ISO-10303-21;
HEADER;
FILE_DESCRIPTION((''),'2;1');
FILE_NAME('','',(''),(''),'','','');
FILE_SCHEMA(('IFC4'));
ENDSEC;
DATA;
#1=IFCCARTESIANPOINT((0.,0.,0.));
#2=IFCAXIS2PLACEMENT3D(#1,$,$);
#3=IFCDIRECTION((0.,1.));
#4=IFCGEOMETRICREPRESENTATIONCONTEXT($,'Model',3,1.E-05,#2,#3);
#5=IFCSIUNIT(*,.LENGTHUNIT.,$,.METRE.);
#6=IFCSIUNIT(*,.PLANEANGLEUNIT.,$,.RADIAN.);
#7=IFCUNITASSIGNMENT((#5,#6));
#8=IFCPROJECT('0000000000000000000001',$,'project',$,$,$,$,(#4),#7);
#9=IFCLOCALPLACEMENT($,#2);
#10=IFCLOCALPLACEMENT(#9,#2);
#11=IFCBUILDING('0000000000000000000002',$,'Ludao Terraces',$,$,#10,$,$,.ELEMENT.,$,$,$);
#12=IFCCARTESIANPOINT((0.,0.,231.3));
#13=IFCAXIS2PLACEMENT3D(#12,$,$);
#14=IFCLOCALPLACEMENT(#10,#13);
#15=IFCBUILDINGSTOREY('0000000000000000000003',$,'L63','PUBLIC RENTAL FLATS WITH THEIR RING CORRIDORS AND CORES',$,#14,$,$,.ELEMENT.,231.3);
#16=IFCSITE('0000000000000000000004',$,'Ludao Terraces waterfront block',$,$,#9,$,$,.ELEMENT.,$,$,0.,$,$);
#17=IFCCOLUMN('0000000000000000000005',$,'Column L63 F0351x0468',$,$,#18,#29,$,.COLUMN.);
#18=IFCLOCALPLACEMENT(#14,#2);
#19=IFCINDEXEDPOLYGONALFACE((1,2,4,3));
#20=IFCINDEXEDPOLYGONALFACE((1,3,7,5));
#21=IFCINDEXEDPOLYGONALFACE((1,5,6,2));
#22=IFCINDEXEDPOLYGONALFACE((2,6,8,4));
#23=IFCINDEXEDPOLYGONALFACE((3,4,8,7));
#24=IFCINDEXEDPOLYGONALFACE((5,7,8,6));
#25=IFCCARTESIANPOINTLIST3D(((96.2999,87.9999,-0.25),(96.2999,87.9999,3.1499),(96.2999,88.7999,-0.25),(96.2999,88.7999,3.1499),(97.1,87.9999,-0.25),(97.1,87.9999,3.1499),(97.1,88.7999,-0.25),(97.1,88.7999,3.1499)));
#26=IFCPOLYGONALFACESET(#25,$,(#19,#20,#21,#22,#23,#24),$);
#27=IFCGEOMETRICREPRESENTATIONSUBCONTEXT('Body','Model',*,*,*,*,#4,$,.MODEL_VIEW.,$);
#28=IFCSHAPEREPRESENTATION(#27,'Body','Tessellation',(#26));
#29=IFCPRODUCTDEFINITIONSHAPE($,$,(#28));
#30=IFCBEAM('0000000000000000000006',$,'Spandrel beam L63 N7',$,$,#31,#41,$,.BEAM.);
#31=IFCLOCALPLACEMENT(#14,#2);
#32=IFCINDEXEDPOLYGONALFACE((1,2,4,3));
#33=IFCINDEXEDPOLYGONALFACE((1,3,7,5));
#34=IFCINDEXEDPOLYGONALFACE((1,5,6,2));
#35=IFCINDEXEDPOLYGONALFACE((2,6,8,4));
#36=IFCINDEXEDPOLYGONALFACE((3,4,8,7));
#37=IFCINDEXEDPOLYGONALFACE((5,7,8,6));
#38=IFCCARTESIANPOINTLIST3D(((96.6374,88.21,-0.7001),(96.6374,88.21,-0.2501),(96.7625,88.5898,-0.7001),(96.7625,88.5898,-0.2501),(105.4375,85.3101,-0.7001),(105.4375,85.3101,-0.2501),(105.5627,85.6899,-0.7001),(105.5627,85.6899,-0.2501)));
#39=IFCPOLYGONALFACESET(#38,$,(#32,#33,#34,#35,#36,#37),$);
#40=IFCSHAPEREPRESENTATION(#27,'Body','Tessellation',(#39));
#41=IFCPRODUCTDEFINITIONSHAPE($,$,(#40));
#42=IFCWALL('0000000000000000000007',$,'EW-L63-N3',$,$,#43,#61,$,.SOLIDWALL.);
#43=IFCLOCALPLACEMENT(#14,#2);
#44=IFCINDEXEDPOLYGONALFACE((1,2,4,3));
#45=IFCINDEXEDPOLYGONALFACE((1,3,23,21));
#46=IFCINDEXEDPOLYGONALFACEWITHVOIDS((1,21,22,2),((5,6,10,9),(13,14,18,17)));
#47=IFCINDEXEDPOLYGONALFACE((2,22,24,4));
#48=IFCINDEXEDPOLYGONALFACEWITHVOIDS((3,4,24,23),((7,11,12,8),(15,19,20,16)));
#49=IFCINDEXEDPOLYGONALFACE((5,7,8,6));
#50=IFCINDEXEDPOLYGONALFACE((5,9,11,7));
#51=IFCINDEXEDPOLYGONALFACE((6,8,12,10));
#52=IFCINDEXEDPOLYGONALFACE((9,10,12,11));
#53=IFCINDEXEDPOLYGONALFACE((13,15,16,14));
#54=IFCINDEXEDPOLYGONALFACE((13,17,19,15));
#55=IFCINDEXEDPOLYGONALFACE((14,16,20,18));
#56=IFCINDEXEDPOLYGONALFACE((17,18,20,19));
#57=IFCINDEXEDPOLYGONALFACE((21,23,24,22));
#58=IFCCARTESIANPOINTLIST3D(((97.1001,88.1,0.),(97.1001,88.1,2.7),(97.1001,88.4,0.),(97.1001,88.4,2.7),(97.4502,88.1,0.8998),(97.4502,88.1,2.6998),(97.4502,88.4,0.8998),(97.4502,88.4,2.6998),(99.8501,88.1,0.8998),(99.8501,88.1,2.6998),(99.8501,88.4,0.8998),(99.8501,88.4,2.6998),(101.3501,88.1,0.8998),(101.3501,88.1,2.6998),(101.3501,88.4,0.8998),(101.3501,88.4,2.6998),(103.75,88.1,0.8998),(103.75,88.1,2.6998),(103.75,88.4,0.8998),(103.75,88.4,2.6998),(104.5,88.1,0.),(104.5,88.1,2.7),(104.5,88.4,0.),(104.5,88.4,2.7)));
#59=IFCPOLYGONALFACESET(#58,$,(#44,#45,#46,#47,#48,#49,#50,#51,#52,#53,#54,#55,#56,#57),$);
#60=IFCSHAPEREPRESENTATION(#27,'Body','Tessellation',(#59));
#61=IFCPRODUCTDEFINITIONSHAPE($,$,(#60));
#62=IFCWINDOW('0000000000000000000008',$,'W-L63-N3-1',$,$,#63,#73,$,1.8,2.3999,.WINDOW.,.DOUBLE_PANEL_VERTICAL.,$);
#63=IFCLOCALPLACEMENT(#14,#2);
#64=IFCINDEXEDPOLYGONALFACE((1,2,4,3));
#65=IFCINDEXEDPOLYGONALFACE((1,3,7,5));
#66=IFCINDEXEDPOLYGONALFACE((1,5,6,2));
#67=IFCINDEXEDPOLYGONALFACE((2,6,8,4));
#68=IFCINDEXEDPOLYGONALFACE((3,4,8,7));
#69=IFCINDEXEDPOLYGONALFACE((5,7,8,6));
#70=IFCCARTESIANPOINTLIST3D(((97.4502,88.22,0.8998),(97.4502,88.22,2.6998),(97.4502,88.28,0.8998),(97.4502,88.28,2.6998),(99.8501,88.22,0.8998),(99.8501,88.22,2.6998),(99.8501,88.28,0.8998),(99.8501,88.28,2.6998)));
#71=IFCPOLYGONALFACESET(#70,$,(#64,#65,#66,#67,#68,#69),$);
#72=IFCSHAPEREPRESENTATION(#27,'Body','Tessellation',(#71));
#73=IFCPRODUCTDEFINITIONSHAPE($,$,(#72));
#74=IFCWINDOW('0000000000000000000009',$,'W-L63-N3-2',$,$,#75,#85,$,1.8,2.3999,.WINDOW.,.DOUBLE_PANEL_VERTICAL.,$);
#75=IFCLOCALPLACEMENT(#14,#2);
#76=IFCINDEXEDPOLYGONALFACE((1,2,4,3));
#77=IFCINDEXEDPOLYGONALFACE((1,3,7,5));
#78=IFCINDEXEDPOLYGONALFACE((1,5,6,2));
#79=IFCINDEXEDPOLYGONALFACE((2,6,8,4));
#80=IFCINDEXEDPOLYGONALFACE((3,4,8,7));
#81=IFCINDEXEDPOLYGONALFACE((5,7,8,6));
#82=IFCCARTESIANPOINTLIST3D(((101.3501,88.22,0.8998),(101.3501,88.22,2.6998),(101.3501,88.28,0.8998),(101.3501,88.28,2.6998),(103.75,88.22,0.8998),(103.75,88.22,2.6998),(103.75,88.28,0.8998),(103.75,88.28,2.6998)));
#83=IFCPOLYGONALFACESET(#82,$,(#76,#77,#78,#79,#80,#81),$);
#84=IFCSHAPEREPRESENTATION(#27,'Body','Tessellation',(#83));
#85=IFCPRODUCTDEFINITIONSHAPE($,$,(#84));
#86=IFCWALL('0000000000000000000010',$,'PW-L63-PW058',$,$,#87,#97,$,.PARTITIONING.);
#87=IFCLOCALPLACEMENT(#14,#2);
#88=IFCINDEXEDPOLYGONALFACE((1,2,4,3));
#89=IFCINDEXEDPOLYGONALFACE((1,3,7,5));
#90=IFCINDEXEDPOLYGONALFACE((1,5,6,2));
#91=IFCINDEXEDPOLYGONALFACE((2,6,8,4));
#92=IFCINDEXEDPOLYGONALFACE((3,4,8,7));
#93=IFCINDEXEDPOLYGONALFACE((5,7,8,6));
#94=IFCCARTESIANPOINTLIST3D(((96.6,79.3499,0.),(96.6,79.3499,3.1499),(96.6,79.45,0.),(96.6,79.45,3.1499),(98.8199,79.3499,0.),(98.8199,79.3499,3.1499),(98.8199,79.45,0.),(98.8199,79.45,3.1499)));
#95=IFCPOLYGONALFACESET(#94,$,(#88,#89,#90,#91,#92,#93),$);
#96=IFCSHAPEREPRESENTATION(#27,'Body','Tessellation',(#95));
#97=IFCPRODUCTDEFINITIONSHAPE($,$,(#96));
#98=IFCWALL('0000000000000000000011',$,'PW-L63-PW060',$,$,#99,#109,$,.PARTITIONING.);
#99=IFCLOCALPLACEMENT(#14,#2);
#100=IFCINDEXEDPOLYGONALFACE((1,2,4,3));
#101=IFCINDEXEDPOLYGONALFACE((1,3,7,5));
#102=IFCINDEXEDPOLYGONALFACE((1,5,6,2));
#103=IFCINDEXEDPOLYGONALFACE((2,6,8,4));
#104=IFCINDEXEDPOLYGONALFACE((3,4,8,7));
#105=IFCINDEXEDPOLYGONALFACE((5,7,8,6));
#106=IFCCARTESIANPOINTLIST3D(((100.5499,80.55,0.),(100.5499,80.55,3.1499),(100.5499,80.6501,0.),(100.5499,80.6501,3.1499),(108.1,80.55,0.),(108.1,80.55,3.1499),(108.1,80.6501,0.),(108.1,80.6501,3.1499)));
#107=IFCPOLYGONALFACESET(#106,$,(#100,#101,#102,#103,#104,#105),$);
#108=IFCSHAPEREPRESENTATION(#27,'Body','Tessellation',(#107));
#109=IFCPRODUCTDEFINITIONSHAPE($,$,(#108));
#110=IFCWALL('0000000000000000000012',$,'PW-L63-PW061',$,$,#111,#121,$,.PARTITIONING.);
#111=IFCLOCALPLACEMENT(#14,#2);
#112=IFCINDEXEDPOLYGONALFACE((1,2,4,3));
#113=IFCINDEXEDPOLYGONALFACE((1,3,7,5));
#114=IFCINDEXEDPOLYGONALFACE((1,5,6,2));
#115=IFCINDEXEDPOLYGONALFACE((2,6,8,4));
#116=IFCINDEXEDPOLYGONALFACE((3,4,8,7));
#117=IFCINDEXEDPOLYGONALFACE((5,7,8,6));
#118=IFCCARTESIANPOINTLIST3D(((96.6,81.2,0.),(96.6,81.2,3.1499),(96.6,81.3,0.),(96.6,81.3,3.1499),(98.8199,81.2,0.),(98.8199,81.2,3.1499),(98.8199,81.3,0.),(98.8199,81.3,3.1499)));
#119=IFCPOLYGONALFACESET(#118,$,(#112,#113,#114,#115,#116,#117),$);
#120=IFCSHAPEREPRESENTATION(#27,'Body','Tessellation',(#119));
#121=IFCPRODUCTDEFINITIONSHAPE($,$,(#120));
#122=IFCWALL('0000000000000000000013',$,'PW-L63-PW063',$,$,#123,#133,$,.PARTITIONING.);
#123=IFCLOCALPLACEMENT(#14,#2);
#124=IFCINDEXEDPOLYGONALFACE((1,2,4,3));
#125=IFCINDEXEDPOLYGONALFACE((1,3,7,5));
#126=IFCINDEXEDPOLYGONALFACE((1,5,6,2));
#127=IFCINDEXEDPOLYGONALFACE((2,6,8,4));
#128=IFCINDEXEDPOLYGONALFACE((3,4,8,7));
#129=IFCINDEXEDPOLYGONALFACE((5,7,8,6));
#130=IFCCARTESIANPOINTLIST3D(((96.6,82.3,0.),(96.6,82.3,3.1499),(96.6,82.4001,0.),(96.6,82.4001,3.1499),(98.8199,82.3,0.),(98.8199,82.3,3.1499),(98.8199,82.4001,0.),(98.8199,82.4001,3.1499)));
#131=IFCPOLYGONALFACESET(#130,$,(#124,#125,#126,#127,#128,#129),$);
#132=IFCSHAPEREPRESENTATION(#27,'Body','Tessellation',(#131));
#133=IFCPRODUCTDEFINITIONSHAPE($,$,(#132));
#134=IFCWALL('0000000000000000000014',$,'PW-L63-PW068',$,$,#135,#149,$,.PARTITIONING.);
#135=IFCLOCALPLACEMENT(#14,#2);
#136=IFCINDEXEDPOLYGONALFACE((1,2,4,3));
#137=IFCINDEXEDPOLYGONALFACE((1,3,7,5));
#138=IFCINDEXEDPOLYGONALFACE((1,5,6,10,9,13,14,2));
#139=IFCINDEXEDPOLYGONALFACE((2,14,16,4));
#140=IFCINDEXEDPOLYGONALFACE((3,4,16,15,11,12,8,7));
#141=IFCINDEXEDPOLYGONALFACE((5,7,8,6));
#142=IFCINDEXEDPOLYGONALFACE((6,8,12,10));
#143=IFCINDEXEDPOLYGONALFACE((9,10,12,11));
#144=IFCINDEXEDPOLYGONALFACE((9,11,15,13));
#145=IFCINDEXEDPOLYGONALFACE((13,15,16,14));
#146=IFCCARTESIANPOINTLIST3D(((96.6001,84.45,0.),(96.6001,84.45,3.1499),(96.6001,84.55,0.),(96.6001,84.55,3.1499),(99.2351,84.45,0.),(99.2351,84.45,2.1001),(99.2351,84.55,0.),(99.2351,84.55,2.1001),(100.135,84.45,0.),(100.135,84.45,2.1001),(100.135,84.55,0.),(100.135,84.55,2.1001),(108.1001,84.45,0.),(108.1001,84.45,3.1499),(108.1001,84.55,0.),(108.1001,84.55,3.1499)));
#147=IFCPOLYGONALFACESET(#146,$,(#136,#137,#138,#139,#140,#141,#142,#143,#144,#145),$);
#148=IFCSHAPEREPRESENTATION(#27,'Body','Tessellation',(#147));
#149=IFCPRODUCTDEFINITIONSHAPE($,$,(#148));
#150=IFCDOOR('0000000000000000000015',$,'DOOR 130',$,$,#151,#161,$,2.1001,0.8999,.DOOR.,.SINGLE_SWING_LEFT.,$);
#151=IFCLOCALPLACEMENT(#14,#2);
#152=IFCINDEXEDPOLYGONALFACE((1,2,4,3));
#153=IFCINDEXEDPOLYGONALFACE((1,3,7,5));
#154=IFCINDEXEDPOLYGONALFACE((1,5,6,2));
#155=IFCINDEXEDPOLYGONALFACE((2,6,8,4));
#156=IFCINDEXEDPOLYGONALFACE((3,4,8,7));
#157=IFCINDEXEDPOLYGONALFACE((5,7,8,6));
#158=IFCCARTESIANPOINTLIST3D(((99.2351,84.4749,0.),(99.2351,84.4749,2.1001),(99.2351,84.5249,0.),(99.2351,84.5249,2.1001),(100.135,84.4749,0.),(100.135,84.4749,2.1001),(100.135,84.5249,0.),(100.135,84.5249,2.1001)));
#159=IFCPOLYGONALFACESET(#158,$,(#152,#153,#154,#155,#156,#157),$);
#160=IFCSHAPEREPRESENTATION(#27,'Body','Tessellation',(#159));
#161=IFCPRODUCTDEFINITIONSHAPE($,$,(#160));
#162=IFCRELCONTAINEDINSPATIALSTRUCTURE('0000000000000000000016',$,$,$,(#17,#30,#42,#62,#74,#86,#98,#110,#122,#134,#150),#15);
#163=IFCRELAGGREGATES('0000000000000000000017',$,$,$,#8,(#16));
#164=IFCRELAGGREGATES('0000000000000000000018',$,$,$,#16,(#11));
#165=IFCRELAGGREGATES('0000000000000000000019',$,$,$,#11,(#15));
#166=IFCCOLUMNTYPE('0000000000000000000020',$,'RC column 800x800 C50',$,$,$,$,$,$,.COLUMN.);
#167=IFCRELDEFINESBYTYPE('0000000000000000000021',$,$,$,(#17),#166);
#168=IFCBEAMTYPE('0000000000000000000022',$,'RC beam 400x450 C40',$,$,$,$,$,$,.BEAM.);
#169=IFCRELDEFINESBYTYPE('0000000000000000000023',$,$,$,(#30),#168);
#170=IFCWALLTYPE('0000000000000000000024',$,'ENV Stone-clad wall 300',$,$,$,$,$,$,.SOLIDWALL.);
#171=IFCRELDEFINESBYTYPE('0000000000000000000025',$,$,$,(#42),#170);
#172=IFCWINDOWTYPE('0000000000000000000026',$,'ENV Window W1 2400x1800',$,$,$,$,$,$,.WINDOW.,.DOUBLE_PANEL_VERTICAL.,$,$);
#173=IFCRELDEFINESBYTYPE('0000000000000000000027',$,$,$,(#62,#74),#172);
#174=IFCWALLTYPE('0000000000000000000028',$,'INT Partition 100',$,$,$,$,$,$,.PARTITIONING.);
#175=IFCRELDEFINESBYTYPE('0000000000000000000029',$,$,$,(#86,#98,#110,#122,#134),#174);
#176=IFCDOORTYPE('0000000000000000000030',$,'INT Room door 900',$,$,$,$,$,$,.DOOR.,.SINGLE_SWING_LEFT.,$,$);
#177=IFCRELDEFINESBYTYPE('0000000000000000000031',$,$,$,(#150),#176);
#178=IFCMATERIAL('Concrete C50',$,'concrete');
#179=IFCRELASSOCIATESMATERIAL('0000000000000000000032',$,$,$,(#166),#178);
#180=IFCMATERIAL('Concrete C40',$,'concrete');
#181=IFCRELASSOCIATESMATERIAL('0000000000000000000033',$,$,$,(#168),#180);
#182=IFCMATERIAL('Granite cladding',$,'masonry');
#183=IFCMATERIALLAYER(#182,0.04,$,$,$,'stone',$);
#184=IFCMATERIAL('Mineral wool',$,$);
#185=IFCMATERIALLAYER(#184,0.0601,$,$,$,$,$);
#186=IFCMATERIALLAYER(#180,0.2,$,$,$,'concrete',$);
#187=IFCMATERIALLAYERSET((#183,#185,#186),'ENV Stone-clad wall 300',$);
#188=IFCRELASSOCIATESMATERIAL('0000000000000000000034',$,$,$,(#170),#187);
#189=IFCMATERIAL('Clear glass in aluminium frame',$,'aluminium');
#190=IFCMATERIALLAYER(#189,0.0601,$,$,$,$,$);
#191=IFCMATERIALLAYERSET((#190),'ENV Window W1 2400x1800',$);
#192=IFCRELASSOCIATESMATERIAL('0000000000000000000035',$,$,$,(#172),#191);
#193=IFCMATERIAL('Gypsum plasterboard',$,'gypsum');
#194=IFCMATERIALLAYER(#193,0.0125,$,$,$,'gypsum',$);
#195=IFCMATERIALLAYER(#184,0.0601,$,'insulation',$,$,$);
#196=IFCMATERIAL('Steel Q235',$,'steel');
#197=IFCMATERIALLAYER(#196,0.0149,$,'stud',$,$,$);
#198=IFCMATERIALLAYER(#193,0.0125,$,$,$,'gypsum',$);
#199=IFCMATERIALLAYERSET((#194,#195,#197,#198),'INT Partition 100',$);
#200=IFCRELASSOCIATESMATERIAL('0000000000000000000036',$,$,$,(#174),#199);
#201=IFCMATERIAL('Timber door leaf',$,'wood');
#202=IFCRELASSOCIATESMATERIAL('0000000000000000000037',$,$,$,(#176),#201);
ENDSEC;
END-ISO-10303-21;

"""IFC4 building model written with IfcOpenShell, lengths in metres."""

from ifc_helpers import new_model, si_unit, direction, frame, frame_2d, origin, origin_2d, place, context, subcontext, project, spatial, rectangle, extrude, material, layer, layer_set, material_profile, profile_set, type_object, element, fill, save


model = new_model("IFC4")

# Units and contexts
model_context = context("Model", 3, precision=1e-05, world=origin(), true_north=direction((0.0, 1.0)))
body_context = subcontext(model_context, "Body", "Model", "MODEL_VIEW")
ifc_project = project(units=[si_unit("LENGTHUNIT", "METRE"), si_unit("PLANEANGLEUNIT", "RADIAN")], contexts=[model_context])

# Site, building, storey
site_placement = place(None, origin())
site = spatial("IfcSite", under=ifc_project, at=site_placement, Name="Ludao Terraces waterfront block", CompositionType="ELEMENT", RefElevation=0.0)
building_placement = place(site_placement, origin())
building = spatial("IfcBuilding", under=site, at=building_placement, Name="Ludao Terraces", CompositionType="ELEMENT")
storey_placement = place(building_placement, frame((0.0, 0.0, 231.3)))
storey = spatial("IfcBuildingStorey", under=building, at=storey_placement, Name="L63", Description="PUBLIC RENTAL FLATS WITH THEIR RING CORRIDORS AND CORES", CompositionType="ELEMENT", Elevation=231.3)

# Column
ifc_material_1 = material(Name="Concrete C50", Category="concrete")
ifc_material_profile_1 = material_profile(ifc_material_1, rectangle(XDim=0.8, YDim=0.8, at=origin_2d()), Name="800 X 800")
ifc_profile_set_1 = profile_set([ifc_material_profile_1], Name="Concrete C50")
column_type = type_object("IfcColumnType", Name="RC column 800x800 C50", PredefinedType="COLUMN", material=ifc_profile_set_1)
column_placement = place(storey_placement, frame((96.7, 88.3999, -0.25), z_axis=(0.0, 0.0, 1.0), x_axis=(1.0, 0.0, 0.0)))
element("IfcColumn", 1, at=column_placement, inside=storey, type_object=column_type, Name="Column L63 F0351x0468", PredefinedType="COLUMN", context=body_context, shape_type="SweptSolid", body=[
    extrude(rectangle(XDim=0.8, YDim=0.8, at=origin_2d()), origin(), (0.0, 0.0, 1.0), 3.3999),
])

# Beam
ifc_material_2 = material(Name="Concrete C40", Category="concrete")
ifc_material_profile_2 = material_profile(ifc_material_2, rectangle(XDim=0.3999, YDim=0.45, at=origin_2d()), Name="400 X 450")
ifc_profile_set_2 = profile_set([ifc_material_profile_2], Name="Concrete C40")
beam_type = type_object("IfcBeamType", Name="RC beam 400x450 C40", PredefinedType="BEAM", material=ifc_profile_set_2)
beam_placement = place(storey_placement, frame((96.7, 88.3999, -0.4751), z_axis=(0.949761, -0.312977, 0.0), x_axis=(0.312977, 0.949761, 0.0)))
element("IfcBeam", 2, at=beam_placement, inside=storey, type_object=beam_type, Name="Spandrel beam L63 N7", PredefinedType="BEAM", context=body_context, shape_type="SweptSolid", body=[
    extrude(rectangle(XDim=0.3999, YDim=0.45, at=origin_2d()), origin(), (0.0, 0.0, 1.0), 9.2656),
])

# Wall, openings, windows
ifc_material_3 = material(Name="Granite cladding", Category="masonry")
ifc_layer_1 = layer(ifc_material_3, 0.04, Category="stone")
ifc_material_4 = material(Name="Mineral wool")
ifc_layer_2 = layer(ifc_material_4, 0.0601)
ifc_layer_3 = layer(ifc_material_2, 0.2, Category="concrete")
ifc_layer_set_1 = layer_set([ifc_layer_1, ifc_layer_2, ifc_layer_3], Name="ENV Stone-clad wall 300")
wall_type_1 = type_object("IfcWallType", Name="ENV Stone-clad wall 300", PredefinedType="SOLIDWALL", material=ifc_layer_set_1)
wall_1_placement = place(storey_placement, frame((97.1001, 88.25, 0.0), z_axis=(0.0, 0.0, 1.0), x_axis=(1.0, 0.0, 0.0)))
wall_1 = element("IfcWall", 3, at=wall_1_placement, inside=storey, type_object=wall_type_1, Name="EW-L63-N3", PredefinedType="SOLIDWALL", context=body_context, shape_type="SweptSolid", body=[
    extrude(rectangle(XDim=7.3999, YDim=0.3, at=frame_2d((3.7, 0.0))), origin(), (0.0, 0.0, 1.0), 2.7),
])
opening_1_placement = place(wall_1_placement, frame((0.3501, 0.0, 0.8999)))
opening_1 = element("IfcOpeningElement", 4, at=opening_1_placement, cuts=wall_1, PredefinedType="OPENING", context=body_context, shape_type="SweptSolid", body=[
    extrude(rectangle(XDim=2.3999, YDim=1.8, at=frame_2d((1.2, 0.8999))), frame((0.0, 0.1602, 0.0), z_axis=(0.0, -1.0, 0.0), x_axis=(1.0, 0.0, 0.0)), (0.0, 0.0, 1.0), 0.3201),
])
opening_2_placement = place(wall_1_placement, frame((4.25, 0.0, 0.8999)))
opening_2 = element("IfcOpeningElement", 5, at=opening_2_placement, cuts=wall_1, PredefinedType="OPENING", context=body_context, shape_type="SweptSolid", body=[
    extrude(rectangle(XDim=2.3999, YDim=1.8, at=frame_2d((1.2, 0.8999))), frame((0.0, 0.1602, 0.0), z_axis=(0.0, -1.0, 0.0), x_axis=(1.0, 0.0, 0.0)), (0.0, 0.0, 1.0), 0.3201),
])
ifc_material_5 = material(Name="Clear glass in aluminium frame", Category="aluminium")
ifc_layer_4 = layer(ifc_material_5, 0.0601)
ifc_layer_set_2 = layer_set([ifc_layer_4], Name="ENV Window W1 2400x1800")
window_type = type_object("IfcWindowType", Name="ENV Window W1 2400x1800", PartitioningType="DOUBLE_PANEL_VERTICAL", PredefinedType="WINDOW", material=ifc_layer_set_2)
window_1_placement = place(opening_1_placement, origin())
window_1 = element("IfcWindow", 6, at=window_1_placement, inside=storey, type_object=window_type, Name="W-L63-N3-1", OverallHeight=1.8, OverallWidth=2.3999, PartitioningType="DOUBLE_PANEL_VERTICAL", PredefinedType="WINDOW", context=body_context, shape_type="SweptSolid", body=[
    extrude(rectangle(XDim=2.3999, YDim=1.8, at=frame_2d((1.2, 0.8999))), frame((0.0, 0.03, 0.0), z_axis=(0.0, -1.0, 0.0), x_axis=(1.0, 0.0, 0.0)), (0.0, 0.0, 1.0), 0.0601),
])
fill(opening_1, window_1)
window_2_placement = place(opening_2_placement, origin())
window_2 = element("IfcWindow", 7, at=window_2_placement, inside=storey, type_object=window_type, Name="W-L63-N3-2", OverallHeight=1.8, OverallWidth=2.3999, PartitioningType="DOUBLE_PANEL_VERTICAL", PredefinedType="WINDOW", context=body_context, shape_type="SweptSolid", body=[
    extrude(rectangle(XDim=2.3999, YDim=1.8, at=frame_2d((1.2, 0.8999))), frame((0.0, 0.03, 0.0), z_axis=(0.0, -1.0, 0.0), x_axis=(1.0, 0.0, 0.0)), (0.0, 0.0, 1.0), 0.0601),
])
fill(opening_2, window_2)

# Walls
ifc_material_6 = material(Name="Gypsum plasterboard", Category="gypsum")
ifc_layer_5 = layer(ifc_material_6, 0.0125, Category="gypsum")
ifc_layer_6 = layer(ifc_material_4, 0.0601, Name="insulation")
ifc_material_7 = material(Name="Steel Q235", Category="steel")
ifc_layer_7 = layer(ifc_material_7, 0.0149, Name="stud")
ifc_layer_8 = layer(ifc_material_6, 0.0125, Category="gypsum")
ifc_layer_set_3 = layer_set([ifc_layer_5, ifc_layer_6, ifc_layer_7, ifc_layer_8], Name="INT Partition 100")
wall_type_2 = type_object("IfcWallType", Name="INT Partition 100", PredefinedType="PARTITIONING", material=ifc_layer_set_3)
wall_2_placement = place(storey_placement, frame((96.6001, 79.3999, 0.0), z_axis=(0.0, 0.0, 1.0), x_axis=(1.0, 0.0, 0.0)))
element("IfcWall", 8, at=wall_2_placement, inside=storey, type_object=wall_type_2, Name="PW-L63-PW058", PredefinedType="PARTITIONING", context=body_context, shape_type="SweptSolid", body=[
    extrude(rectangle(XDim=2.22, YDim=0.1001, at=frame_2d((1.1099, 0.0))), origin(), (0.0, 0.0, 1.0), 3.1499),
])
wall_3_placement = place(storey_placement, frame((100.55, 80.6001, 0.0), z_axis=(0.0, 0.0, 1.0), x_axis=(1.0, 0.0, 0.0)))
element("IfcWall", 9, at=wall_3_placement, inside=storey, type_object=wall_type_2, Name="PW-L63-PW060", PredefinedType="PARTITIONING", context=body_context, shape_type="SweptSolid", body=[
    extrude(rectangle(XDim=7.55, YDim=0.1001, at=frame_2d((3.7749, 0.0))), origin(), (0.0, 0.0, 1.0), 3.1499),
])
for number, where, z_axis, x_axis, name in (
    (10, (96.6001, 81.25, 0.0), (0.0, 0.0, 1.0), (1.0, 0.0, 0.0), "PW-L63-PW061"),
    (11, (96.6001, 82.3501, 0.0), (0.0, 0.0, 1.0), (1.0, 0.0, 0.0), "PW-L63-PW063"),
):
    element("IfcWall", number, at=place(storey_placement, frame(where, z_axis=z_axis, x_axis=x_axis)), inside=storey, type_object=wall_type_2, Name=name, PredefinedType="PARTITIONING", context=body_context, shape_type="SweptSolid", body=[
        extrude(rectangle(XDim=2.22, YDim=0.1001, at=frame_2d((1.1099, 0.0))), origin(), (0.0, 0.0, 1.0), 3.1499),
    ])

# Wall, opening, door
wall_4_placement = place(storey_placement, frame((96.6001, 84.5, 0.0), z_axis=(0.0, 0.0, 1.0), x_axis=(1.0, 0.0, 0.0)))
wall_4 = element("IfcWall", 12, at=wall_4_placement, inside=storey, type_object=wall_type_2, Name="PW-L63-PW068", PredefinedType="PARTITIONING", context=body_context, shape_type="SweptSolid", body=[
    extrude(rectangle(XDim=11.5, YDim=0.1001, at=frame_2d((5.75, 0.0))), origin(), (0.0, 0.0, 1.0), 3.1499),
])
opening_3_placement = place(wall_4_placement, frame((2.635, 0.0, 0.0)))
opening_3 = element("IfcOpeningElement", 13, at=opening_3_placement, cuts=wall_4, PredefinedType="OPENING", context=body_context, shape_type="SweptSolid", body=[
    extrude(rectangle(XDim=0.8999, YDim=2.1001, at=frame_2d((0.45, 1.05))), frame((0.0, 0.0601, 0.0), z_axis=(0.0, -1.0, 0.0), x_axis=(1.0, 0.0, 0.0)), (0.0, 0.0, 1.0), 0.1201),
])
ifc_material_8 = material(Name="Timber door leaf", Category="wood")
door_type_1 = type_object("IfcDoorType", Name="INT Room door 900", OperationType="SINGLE_SWING_LEFT", PredefinedType="DOOR", material=ifc_material_8)
door_1_placement = place(opening_3_placement, origin())
door_1 = element("IfcDoor", 14, at=door_1_placement, inside=storey, type_object=door_type_1, Name="DOOR 130", OperationType="SINGLE_SWING_LEFT", OverallHeight=2.1001, OverallWidth=0.8999, PredefinedType="DOOR", context=body_context, shape_type="SweptSolid", body=[
    extrude(rectangle(XDim=0.8999, YDim=2.1001, at=frame_2d((0.45, 1.05))), frame((0.0, 0.0249, 0.0), z_axis=(0.0, -1.0, 0.0), x_axis=(1.0, 0.0, 0.0)), (0.0, 0.0, 1.0), 0.05),
])
fill(opening_3, door_1)

save(model, "model.ifc")
